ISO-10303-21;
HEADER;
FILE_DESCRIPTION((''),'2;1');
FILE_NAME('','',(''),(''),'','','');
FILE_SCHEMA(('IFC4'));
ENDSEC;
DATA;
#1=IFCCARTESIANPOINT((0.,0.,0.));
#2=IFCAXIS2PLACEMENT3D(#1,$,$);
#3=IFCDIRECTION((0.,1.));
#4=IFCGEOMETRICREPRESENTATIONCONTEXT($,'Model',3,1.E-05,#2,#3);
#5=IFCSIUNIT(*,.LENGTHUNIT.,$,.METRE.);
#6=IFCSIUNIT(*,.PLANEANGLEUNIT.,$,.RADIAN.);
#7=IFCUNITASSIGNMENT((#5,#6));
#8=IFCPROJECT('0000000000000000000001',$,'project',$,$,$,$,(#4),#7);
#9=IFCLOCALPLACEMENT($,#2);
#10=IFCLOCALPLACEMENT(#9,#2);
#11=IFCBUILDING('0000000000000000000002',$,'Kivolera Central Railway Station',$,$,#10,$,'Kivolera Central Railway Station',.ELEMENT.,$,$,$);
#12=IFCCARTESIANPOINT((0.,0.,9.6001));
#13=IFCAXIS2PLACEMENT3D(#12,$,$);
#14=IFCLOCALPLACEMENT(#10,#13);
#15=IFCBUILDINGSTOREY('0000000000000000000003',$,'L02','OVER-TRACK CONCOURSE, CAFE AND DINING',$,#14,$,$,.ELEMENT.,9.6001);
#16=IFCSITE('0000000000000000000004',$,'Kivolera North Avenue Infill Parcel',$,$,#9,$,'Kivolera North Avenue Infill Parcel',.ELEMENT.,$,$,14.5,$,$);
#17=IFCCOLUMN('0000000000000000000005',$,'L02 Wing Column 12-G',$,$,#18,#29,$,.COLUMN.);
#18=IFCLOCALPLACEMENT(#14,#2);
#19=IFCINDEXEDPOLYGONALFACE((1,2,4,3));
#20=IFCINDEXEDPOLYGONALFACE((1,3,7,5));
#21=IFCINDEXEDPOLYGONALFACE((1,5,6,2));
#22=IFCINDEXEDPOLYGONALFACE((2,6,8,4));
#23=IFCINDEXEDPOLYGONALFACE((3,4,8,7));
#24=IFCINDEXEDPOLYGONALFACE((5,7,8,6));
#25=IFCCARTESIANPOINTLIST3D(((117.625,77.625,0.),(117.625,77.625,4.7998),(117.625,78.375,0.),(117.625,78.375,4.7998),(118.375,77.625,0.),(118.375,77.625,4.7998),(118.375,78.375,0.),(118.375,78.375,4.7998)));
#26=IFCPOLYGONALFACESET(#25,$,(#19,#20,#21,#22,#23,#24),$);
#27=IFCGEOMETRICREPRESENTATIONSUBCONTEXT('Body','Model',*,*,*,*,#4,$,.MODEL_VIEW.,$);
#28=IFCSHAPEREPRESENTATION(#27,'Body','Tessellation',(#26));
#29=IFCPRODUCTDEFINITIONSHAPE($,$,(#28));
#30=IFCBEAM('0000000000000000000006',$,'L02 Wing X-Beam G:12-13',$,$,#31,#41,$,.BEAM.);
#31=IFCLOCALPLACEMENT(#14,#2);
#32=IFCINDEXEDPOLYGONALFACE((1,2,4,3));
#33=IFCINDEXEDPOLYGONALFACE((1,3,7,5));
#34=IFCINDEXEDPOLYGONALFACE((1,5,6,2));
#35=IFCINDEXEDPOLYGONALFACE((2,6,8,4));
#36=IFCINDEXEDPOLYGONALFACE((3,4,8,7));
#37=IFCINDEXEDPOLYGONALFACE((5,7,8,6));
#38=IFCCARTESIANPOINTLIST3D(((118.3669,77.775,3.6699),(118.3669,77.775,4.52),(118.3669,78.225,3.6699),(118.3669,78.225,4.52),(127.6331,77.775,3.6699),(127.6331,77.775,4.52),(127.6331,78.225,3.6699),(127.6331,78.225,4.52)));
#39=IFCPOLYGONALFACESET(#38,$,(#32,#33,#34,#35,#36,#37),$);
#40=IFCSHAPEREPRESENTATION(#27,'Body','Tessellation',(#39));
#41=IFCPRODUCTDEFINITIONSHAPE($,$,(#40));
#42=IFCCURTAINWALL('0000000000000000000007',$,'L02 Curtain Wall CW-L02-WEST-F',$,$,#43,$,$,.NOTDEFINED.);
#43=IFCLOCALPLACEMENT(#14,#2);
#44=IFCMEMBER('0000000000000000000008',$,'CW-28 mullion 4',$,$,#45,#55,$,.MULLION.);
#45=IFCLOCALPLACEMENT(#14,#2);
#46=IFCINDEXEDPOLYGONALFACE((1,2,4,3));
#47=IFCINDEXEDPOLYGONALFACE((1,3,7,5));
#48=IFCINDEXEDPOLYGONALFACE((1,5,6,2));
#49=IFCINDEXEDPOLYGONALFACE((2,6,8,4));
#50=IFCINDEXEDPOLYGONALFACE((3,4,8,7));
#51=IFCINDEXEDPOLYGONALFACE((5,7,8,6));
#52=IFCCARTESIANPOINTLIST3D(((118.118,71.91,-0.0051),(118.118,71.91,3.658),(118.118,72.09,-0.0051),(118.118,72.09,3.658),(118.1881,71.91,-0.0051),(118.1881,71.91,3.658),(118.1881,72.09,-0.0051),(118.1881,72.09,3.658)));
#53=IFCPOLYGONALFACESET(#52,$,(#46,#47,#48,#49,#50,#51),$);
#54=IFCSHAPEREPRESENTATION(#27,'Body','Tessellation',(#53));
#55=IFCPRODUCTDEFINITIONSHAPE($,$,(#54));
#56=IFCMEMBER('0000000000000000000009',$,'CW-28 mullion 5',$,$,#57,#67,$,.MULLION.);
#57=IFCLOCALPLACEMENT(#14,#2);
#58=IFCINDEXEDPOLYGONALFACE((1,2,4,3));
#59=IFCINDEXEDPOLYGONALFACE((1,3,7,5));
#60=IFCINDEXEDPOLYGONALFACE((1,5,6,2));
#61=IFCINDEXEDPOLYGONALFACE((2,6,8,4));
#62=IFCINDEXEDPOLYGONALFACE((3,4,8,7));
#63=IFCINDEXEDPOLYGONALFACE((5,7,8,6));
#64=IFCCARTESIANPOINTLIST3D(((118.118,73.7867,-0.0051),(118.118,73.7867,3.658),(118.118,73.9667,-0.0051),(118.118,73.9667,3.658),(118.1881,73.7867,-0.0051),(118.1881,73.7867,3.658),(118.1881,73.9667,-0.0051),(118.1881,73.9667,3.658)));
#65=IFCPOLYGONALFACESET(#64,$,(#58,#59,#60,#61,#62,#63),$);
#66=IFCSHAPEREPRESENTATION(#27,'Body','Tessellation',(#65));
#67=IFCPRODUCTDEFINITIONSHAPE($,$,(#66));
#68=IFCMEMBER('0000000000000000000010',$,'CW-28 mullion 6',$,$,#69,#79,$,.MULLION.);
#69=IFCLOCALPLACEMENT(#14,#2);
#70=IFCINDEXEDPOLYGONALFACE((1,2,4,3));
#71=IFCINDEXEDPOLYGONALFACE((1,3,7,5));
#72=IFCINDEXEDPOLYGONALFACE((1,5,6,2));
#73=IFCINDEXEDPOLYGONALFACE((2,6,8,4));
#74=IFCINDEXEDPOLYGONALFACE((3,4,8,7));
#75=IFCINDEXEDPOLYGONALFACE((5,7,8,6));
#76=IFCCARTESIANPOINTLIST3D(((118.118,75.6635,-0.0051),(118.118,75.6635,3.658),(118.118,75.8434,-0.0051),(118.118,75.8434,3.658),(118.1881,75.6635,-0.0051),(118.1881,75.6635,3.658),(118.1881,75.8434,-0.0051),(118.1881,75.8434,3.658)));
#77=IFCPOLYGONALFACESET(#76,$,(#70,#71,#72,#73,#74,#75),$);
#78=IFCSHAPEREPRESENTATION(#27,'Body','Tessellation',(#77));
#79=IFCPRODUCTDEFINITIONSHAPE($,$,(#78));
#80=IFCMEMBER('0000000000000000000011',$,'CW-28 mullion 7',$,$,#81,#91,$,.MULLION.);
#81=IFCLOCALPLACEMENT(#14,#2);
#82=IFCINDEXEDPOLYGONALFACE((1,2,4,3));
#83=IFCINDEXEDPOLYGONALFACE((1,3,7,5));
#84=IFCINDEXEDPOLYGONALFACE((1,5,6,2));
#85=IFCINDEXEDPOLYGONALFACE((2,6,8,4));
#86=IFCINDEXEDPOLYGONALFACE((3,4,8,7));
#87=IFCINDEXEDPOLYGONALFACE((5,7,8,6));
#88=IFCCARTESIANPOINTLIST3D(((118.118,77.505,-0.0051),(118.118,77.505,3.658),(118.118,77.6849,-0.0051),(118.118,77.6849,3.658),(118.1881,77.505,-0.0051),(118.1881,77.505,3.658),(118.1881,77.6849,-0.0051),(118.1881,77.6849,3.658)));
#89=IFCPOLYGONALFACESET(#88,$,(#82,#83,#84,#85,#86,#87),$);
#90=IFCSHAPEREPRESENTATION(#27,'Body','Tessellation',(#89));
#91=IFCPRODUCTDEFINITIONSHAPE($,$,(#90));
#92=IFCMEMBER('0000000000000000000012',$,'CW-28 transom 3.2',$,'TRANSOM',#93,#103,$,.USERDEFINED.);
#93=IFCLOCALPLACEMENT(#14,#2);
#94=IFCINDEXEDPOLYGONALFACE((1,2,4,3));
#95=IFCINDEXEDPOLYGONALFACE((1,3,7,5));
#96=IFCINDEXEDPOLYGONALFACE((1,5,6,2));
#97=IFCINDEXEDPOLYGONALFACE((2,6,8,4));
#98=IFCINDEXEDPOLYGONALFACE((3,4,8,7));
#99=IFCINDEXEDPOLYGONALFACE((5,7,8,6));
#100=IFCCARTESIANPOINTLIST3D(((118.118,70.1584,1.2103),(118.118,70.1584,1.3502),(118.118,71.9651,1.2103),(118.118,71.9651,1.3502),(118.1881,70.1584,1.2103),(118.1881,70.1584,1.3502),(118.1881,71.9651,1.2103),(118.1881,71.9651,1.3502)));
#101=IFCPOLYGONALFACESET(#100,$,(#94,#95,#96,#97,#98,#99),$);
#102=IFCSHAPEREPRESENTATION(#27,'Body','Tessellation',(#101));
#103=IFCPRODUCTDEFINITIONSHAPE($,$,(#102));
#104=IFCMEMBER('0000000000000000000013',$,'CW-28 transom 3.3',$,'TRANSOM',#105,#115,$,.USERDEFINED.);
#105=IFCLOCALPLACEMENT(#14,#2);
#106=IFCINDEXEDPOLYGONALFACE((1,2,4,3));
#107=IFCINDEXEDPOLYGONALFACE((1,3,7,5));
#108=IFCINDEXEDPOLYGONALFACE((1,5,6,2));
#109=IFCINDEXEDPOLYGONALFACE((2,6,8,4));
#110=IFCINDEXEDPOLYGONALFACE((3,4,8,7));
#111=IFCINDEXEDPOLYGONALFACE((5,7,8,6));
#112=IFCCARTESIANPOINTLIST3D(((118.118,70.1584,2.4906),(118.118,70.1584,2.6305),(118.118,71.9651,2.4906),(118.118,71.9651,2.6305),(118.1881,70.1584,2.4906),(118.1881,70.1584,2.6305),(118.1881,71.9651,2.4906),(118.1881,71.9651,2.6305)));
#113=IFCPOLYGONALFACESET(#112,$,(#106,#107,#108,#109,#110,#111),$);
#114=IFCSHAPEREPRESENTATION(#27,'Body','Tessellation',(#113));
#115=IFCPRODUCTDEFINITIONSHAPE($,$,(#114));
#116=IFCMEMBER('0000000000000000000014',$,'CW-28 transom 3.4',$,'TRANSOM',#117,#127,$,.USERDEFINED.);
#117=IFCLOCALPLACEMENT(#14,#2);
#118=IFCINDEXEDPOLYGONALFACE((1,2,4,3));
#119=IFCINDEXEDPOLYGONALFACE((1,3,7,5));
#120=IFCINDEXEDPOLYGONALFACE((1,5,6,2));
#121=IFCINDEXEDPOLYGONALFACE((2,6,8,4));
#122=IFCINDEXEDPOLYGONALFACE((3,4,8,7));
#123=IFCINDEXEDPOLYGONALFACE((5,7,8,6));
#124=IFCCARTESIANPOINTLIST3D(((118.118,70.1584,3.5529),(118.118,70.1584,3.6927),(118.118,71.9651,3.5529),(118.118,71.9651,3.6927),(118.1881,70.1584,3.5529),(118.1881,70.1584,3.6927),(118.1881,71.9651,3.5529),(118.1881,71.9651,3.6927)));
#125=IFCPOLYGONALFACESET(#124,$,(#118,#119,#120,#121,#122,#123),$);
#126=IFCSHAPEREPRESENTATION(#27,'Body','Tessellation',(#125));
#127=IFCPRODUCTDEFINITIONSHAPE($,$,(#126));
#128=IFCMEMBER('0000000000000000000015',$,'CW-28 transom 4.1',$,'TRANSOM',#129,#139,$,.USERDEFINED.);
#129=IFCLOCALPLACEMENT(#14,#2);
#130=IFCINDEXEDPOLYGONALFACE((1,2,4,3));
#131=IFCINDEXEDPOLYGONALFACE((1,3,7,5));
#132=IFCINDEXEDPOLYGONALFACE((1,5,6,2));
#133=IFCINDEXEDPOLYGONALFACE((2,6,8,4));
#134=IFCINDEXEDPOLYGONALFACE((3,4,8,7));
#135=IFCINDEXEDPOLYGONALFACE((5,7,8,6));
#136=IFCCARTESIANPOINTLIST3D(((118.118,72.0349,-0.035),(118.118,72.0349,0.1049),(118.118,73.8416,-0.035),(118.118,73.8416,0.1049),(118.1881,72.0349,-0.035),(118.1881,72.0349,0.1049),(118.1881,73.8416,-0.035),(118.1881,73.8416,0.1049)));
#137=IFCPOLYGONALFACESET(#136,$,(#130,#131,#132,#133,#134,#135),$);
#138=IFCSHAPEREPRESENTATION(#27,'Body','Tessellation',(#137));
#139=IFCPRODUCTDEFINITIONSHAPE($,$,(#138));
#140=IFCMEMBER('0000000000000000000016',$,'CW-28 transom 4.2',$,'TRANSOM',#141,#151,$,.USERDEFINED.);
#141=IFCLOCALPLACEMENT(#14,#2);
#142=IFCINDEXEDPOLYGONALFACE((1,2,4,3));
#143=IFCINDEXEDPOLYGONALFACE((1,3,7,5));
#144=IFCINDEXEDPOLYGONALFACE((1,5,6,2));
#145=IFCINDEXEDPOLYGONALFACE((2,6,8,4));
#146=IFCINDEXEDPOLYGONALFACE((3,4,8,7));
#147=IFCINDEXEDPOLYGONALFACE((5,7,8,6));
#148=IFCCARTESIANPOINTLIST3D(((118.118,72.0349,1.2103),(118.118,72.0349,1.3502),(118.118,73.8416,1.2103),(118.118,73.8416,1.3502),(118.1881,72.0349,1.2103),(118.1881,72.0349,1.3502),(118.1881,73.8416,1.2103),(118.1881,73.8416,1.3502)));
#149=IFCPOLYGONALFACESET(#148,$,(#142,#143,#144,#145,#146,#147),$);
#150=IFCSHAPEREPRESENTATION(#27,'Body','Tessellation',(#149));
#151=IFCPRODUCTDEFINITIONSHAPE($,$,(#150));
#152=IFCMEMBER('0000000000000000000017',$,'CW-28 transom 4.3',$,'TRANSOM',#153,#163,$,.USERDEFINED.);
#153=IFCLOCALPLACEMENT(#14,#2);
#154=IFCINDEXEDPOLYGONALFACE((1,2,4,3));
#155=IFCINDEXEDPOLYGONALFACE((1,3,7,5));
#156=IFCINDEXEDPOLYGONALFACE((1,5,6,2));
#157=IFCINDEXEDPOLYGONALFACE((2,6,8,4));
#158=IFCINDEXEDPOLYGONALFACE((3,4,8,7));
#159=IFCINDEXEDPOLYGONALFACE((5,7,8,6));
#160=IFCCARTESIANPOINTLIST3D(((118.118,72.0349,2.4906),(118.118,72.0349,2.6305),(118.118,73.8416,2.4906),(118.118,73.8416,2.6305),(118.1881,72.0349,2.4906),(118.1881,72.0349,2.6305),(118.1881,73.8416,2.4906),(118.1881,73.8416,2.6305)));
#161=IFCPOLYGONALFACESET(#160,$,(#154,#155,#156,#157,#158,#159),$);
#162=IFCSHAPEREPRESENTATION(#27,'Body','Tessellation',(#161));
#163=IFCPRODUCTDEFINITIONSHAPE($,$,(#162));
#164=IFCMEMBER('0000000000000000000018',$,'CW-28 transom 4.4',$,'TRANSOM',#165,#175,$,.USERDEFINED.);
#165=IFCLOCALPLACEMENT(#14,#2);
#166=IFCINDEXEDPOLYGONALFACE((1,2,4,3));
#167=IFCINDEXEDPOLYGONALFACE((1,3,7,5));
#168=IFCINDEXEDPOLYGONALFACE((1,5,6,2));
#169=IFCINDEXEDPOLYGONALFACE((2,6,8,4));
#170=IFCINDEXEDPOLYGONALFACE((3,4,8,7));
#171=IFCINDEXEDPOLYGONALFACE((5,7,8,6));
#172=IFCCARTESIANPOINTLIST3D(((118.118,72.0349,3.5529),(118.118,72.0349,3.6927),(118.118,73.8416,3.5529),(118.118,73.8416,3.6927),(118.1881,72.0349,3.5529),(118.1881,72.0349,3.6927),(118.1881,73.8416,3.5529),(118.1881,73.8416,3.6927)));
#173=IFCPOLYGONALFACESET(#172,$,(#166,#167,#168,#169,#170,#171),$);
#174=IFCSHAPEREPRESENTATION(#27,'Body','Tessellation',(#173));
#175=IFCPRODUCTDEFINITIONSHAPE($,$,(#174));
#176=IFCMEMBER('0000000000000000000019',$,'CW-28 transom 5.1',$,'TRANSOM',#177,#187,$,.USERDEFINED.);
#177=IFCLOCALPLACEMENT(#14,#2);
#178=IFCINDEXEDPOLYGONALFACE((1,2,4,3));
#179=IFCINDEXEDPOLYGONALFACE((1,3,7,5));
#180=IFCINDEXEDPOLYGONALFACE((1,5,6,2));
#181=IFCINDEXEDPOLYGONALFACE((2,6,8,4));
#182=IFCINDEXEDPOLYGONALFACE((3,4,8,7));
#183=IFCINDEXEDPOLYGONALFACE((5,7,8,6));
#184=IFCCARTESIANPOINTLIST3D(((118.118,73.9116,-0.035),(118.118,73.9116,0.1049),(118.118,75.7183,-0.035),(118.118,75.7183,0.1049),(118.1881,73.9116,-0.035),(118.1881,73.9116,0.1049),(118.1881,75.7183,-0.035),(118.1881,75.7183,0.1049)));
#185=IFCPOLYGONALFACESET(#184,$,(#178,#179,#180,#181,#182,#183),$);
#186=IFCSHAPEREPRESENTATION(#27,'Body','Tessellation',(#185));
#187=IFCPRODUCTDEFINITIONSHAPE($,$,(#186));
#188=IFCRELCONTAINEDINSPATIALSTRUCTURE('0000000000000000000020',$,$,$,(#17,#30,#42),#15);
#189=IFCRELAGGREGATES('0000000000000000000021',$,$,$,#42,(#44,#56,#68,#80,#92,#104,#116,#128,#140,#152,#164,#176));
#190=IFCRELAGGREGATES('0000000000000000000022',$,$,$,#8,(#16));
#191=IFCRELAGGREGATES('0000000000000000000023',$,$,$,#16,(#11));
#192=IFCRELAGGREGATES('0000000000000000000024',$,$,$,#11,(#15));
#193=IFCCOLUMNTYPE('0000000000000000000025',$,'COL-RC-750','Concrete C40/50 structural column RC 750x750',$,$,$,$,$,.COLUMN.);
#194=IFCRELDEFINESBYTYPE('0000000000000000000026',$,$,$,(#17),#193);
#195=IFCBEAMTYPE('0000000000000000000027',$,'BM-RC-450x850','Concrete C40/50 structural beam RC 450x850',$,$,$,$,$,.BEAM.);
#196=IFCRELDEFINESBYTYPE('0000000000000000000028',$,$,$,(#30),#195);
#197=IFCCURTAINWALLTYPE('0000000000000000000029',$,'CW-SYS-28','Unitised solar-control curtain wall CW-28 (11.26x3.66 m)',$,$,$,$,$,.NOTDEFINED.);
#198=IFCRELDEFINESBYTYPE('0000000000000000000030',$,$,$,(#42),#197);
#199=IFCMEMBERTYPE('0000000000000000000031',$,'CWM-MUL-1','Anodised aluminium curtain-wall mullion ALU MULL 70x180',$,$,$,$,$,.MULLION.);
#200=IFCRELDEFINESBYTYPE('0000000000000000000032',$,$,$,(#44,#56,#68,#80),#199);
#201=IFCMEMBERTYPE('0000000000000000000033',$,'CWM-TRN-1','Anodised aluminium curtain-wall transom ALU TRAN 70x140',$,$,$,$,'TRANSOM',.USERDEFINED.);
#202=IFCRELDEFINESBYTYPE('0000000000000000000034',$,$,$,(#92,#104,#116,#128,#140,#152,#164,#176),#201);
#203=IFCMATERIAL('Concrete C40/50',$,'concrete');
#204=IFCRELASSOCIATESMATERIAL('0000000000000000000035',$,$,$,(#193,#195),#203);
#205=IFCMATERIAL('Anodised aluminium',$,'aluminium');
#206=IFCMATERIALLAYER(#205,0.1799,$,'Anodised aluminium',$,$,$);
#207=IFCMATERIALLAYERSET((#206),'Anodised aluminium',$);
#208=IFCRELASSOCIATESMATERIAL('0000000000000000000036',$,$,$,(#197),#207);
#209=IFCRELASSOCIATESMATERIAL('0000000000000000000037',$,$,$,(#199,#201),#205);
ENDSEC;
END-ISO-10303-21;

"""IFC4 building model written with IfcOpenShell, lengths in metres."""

from ifc_helpers import new_model, si_unit, direction, frame, origin, origin_2d, place, context, subcontext, project, spatial, rectangle, extrude, material, layer, layer_set, material_profile, profile_set, type_object, element, aggregate, save


model = new_model("IFC4")

# Units and contexts
model_context = context("Model", 3, precision=1e-05, world=origin(), true_north=direction((0.0, 1.0)))
body_context = subcontext(model_context, "Body", "Model", "MODEL_VIEW")
ifc_project = project(units=[si_unit("LENGTHUNIT", "METRE"), si_unit("PLANEANGLEUNIT", "RADIAN")], contexts=[model_context])

# Site, building, storey
site_placement = place(None, origin())
site = spatial("IfcSite", under=ifc_project, at=site_placement, Name="Kivolera North Avenue Infill Parcel", LongName="Kivolera North Avenue Infill Parcel", CompositionType="ELEMENT", RefElevation=14.5)
building_placement = place(site_placement, origin())
building = spatial("IfcBuilding", under=site, at=building_placement, Name="Kivolera Central Railway Station", LongName="Kivolera Central Railway Station", CompositionType="ELEMENT")
storey_placement = place(building_placement, frame((0.0, 0.0, 9.6001)))
storey = spatial("IfcBuildingStorey", under=building, at=storey_placement, Name="L02", Description="OVER-TRACK CONCOURSE, CAFE AND DINING", CompositionType="ELEMENT", Elevation=9.6001)

# Column
ifc_material_1 = material(Name="Concrete C40/50", Category="concrete")
ifc_material_profile_1 = material_profile(ifc_material_1, rectangle(XDim=0.75, YDim=0.75, at=origin_2d()), Name="RC 750x750")
ifc_profile_set_1 = profile_set([ifc_material_profile_1], Name="Concrete C40/50")
column_type = type_object("IfcColumnType", Name="COL-RC-750", Description="Concrete C40/50 structural column RC 750x750", PredefinedType="COLUMN", material=ifc_profile_set_1)
column_placement = place(storey_placement, frame((118.0, 78.0, 0.0), z_axis=(0.0, 0.0, 1.0), x_axis=(1.0, 0.0, 0.0)))
element("IfcColumn", 1, at=column_placement, inside=storey, type_object=column_type, Name="L02 Wing Column 12-G", PredefinedType="COLUMN", context=body_context, shape_type="SweptSolid", body=[
    extrude(rectangle(XDim=0.75, YDim=0.75, at=origin_2d()), origin(), (0.0, 0.0, 1.0), 4.7998),
])

# Beam
ifc_material_profile_2 = material_profile(ifc_material_1, rectangle(XDim=0.45, YDim=0.8501, at=origin_2d()), Name="RC 450x850")
ifc_profile_set_2 = profile_set([ifc_material_profile_2], Name="Concrete C40/50")
beam_type = type_object("IfcBeamType", Name="BM-RC-450x850", Description="Concrete C40/50 structural beam RC 450x850", PredefinedType="BEAM", material=ifc_profile_set_2)
beam_placement = place(storey_placement, frame((118.3669, 78.0, 4.095), z_axis=(1.0, 0.0, 0.0), x_axis=(0.0, 1.0, 0.0)))
element("IfcBeam", 2, at=beam_placement, inside=storey, type_object=beam_type, Name="L02 Wing X-Beam G:12-13", PredefinedType="BEAM", context=body_context, shape_type="SweptSolid", body=[
    extrude(rectangle(XDim=0.45, YDim=0.8501, at=origin_2d()), origin(), (0.0, 0.0, 1.0), 9.2661),
])

# Curtain wall, members
ifc_material_2 = material(Name="Anodised aluminium", Category="aluminium")
ifc_layer_1 = layer(ifc_material_2, 0.1799, Name="Anodised aluminium")
ifc_layer_set_1 = layer_set([ifc_layer_1], Name="Anodised aluminium")
curtain_wall_type = type_object("IfcCurtainWallType", Name="CW-SYS-28", Description="Unitised solar-control curtain wall CW-28 (11.26x3.66 m)", PredefinedType="NOTDEFINED", material=ifc_layer_set_1)
curtain_wall_placement = place(storey_placement, origin())
curtain_wall = element("IfcCurtainWall", 3, at=curtain_wall_placement, inside=storey, type_object=curtain_wall_type, Name="L02 Curtain Wall CW-L02-WEST-F", PredefinedType="NOTDEFINED")
ifc_material_profile_3 = material_profile(ifc_material_2, rectangle(XDim=0.0701, YDim=0.1799, at=origin_2d()), Name="ALU MULL 70x180")
ifc_profile_set_3 = profile_set([ifc_material_profile_3], Name="Anodised aluminium")
member_type_1 = type_object("IfcMemberType", Name="CWM-MUL-1", Description="Anodised aluminium curtain-wall mullion ALU MULL 70x180", PredefinedType="MULLION", material=ifc_profile_set_3)
member_1_placement = place(storey_placement, frame((118.1531, 72.0, -0.0051), z_axis=(0.0, 0.0, 1.0), x_axis=(-1.0, 0.0, 0.0)))
member_1 = element("IfcMember", 4, at=member_1_placement, type_object=member_type_1, Name="CW-28 mullion 4", PredefinedType="MULLION", context=body_context, shape_type="SweptSolid", body=[
    extrude(rectangle(XDim=0.0701, YDim=0.1799, at=origin_2d()), origin(), (0.0, 0.0, 1.0), 3.6631),
])
member_2_placement = place(storey_placement, frame((118.1531, 73.8767, -0.0051), z_axis=(0.0, 0.0, 1.0), x_axis=(-1.0, 0.0, 0.0)))
member_2 = element("IfcMember", 5, at=member_2_placement, type_object=member_type_1, Name="CW-28 mullion 5", PredefinedType="MULLION", context=body_context, shape_type="SweptSolid", body=[
    extrude(rectangle(XDim=0.0701, YDim=0.1799, at=origin_2d()), origin(), (0.0, 0.0, 1.0), 3.6631),
])
member_3_placement = place(storey_placement, frame((118.1531, 75.7534, -0.0051), z_axis=(0.0, 0.0, 1.0), x_axis=(-1.0, 0.0, 0.0)))
member_3 = element("IfcMember", 6, at=member_3_placement, type_object=member_type_1, Name="CW-28 mullion 6", PredefinedType="MULLION", context=body_context, shape_type="SweptSolid", body=[
    extrude(rectangle(XDim=0.0701, YDim=0.1799, at=origin_2d()), origin(), (0.0, 0.0, 1.0), 3.6631),
])
member_4_placement = place(storey_placement, frame((118.1531, 77.595, -0.0051), z_axis=(0.0, 0.0, 1.0), x_axis=(-1.0, 0.0, 0.0)))
member_4 = element("IfcMember", 7, at=member_4_placement, type_object=member_type_1, Name="CW-28 mullion 7", PredefinedType="MULLION", context=body_context, shape_type="SweptSolid", body=[
    extrude(rectangle(XDim=0.0701, YDim=0.1799, at=origin_2d()), origin(), (0.0, 0.0, 1.0), 3.6631),
])
ifc_material_profile_4 = material_profile(ifc_material_2, rectangle(XDim=0.0701, YDim=0.1399, at=origin_2d()), Name="ALU TRAN 70x140")
ifc_profile_set_4 = profile_set([ifc_material_profile_4], Name="Anodised aluminium")
member_type_2 = type_object("IfcMemberType", Name="CWM-TRN-1", Description="Anodised aluminium curtain-wall transom ALU TRAN 70x140", ElementType="TRANSOM", PredefinedType="USERDEFINED", material=ifc_profile_set_4)
member_5_placement = place(storey_placement, frame((118.1531, 70.1584, 1.2803), z_axis=(0.0, 1.0, 0.0), x_axis=(-1.0, 0.0, 0.0)))
member_5 = element("IfcMember", 8, at=member_5_placement, type_object=member_type_2, Name="CW-28 transom 3.2", ObjectType="TRANSOM", PredefinedType="USERDEFINED", context=body_context, shape_type="SweptSolid", body=[
    extrude(rectangle(XDim=0.0701, YDim=0.1399, at=origin_2d()), origin(), (0.0, 0.0, 1.0), 1.8066),
])
member_6_placement = place(storey_placement, frame((118.1531, 70.1584, 2.5605), z_axis=(0.0, 1.0, 0.0), x_axis=(-1.0, 0.0, 0.0)))
member_6 = element("IfcMember", 9, at=member_6_placement, type_object=member_type_2, Name="CW-28 transom 3.3", ObjectType="TRANSOM", PredefinedType="USERDEFINED", context=body_context, shape_type="SweptSolid", body=[
    extrude(rectangle(XDim=0.0701, YDim=0.1399, at=origin_2d()), origin(), (0.0, 0.0, 1.0), 1.8066),
])
member_7_placement = place(storey_placement, frame((118.1531, 70.1584, 3.6228), z_axis=(0.0, 1.0, 0.0), x_axis=(-1.0, 0.0, 0.0)))
member_7 = element("IfcMember", 10, at=member_7_placement, type_object=member_type_2, Name="CW-28 transom 3.4", ObjectType="TRANSOM", PredefinedType="USERDEFINED", context=body_context, shape_type="SweptSolid", body=[
    extrude(rectangle(XDim=0.0701, YDim=0.1399, at=origin_2d()), origin(), (0.0, 0.0, 1.0), 1.8066),
])
member_8_placement = place(storey_placement, frame((118.1531, 72.0349, 0.0349), z_axis=(0.0, 1.0, 0.0), x_axis=(-1.0, 0.0, 0.0)))
member_8 = element("IfcMember", 11, at=member_8_placement, type_object=member_type_2, Name="CW-28 transom 4.1", ObjectType="TRANSOM", PredefinedType="USERDEFINED", context=body_context, shape_type="SweptSolid", body=[
    extrude(rectangle(XDim=0.0701, YDim=0.1399, at=origin_2d()), origin(), (0.0, 0.0, 1.0), 1.8066),
])
member_9_placement = place(storey_placement, frame((118.1531, 72.0349, 1.2803), z_axis=(0.0, 1.0, 0.0), x_axis=(-1.0, 0.0, 0.0)))
member_9 = element("IfcMember", 12, at=member_9_placement, type_object=member_type_2, Name="CW-28 transom 4.2", ObjectType="TRANSOM", PredefinedType="USERDEFINED", context=body_context, shape_type="SweptSolid", body=[
    extrude(rectangle(XDim=0.0701, YDim=0.1399, at=origin_2d()), origin(), (0.0, 0.0, 1.0), 1.8066),
])
member_10_placement = place(storey_placement, frame((118.1531, 72.0349, 2.5605), z_axis=(0.0, 1.0, 0.0), x_axis=(-1.0, 0.0, 0.0)))
member_10 = element("IfcMember", 13, at=member_10_placement, type_object=member_type_2, Name="CW-28 transom 4.3", ObjectType="TRANSOM", PredefinedType="USERDEFINED", context=body_context, shape_type="SweptSolid", body=[
    extrude(rectangle(XDim=0.0701, YDim=0.1399, at=origin_2d()), origin(), (0.0, 0.0, 1.0), 1.8066),
])
member_11_placement = place(storey_placement, frame((118.1531, 72.0349, 3.6228), z_axis=(0.0, 1.0, 0.0), x_axis=(-1.0, 0.0, 0.0)))
member_11 = element("IfcMember", 14, at=member_11_placement, type_object=member_type_2, Name="CW-28 transom 4.4", ObjectType="TRANSOM", PredefinedType="USERDEFINED", context=body_context, shape_type="SweptSolid", body=[
    extrude(rectangle(XDim=0.0701, YDim=0.1399, at=origin_2d()), origin(), (0.0, 0.0, 1.0), 1.8066),
])
member_12_placement = place(storey_placement, frame((118.1531, 73.9116, 0.0349), z_axis=(0.0, 1.0, 0.0), x_axis=(-1.0, 0.0, 0.0)))
member_12 = element("IfcMember", 15, at=member_12_placement, type_object=member_type_2, Name="CW-28 transom 5.1", ObjectType="TRANSOM", PredefinedType="USERDEFINED", context=body_context, shape_type="SweptSolid", body=[
    extrude(rectangle(XDim=0.0701, YDim=0.1399, at=origin_2d()), origin(), (0.0, 0.0, 1.0), 1.8066),
])
aggregate(curtain_wall, [member_1, member_2, member_3, member_4, member_5, member_6, member_7, member_8, member_9, member_10, member_11, member_12])

save(model, "model.ifc")
